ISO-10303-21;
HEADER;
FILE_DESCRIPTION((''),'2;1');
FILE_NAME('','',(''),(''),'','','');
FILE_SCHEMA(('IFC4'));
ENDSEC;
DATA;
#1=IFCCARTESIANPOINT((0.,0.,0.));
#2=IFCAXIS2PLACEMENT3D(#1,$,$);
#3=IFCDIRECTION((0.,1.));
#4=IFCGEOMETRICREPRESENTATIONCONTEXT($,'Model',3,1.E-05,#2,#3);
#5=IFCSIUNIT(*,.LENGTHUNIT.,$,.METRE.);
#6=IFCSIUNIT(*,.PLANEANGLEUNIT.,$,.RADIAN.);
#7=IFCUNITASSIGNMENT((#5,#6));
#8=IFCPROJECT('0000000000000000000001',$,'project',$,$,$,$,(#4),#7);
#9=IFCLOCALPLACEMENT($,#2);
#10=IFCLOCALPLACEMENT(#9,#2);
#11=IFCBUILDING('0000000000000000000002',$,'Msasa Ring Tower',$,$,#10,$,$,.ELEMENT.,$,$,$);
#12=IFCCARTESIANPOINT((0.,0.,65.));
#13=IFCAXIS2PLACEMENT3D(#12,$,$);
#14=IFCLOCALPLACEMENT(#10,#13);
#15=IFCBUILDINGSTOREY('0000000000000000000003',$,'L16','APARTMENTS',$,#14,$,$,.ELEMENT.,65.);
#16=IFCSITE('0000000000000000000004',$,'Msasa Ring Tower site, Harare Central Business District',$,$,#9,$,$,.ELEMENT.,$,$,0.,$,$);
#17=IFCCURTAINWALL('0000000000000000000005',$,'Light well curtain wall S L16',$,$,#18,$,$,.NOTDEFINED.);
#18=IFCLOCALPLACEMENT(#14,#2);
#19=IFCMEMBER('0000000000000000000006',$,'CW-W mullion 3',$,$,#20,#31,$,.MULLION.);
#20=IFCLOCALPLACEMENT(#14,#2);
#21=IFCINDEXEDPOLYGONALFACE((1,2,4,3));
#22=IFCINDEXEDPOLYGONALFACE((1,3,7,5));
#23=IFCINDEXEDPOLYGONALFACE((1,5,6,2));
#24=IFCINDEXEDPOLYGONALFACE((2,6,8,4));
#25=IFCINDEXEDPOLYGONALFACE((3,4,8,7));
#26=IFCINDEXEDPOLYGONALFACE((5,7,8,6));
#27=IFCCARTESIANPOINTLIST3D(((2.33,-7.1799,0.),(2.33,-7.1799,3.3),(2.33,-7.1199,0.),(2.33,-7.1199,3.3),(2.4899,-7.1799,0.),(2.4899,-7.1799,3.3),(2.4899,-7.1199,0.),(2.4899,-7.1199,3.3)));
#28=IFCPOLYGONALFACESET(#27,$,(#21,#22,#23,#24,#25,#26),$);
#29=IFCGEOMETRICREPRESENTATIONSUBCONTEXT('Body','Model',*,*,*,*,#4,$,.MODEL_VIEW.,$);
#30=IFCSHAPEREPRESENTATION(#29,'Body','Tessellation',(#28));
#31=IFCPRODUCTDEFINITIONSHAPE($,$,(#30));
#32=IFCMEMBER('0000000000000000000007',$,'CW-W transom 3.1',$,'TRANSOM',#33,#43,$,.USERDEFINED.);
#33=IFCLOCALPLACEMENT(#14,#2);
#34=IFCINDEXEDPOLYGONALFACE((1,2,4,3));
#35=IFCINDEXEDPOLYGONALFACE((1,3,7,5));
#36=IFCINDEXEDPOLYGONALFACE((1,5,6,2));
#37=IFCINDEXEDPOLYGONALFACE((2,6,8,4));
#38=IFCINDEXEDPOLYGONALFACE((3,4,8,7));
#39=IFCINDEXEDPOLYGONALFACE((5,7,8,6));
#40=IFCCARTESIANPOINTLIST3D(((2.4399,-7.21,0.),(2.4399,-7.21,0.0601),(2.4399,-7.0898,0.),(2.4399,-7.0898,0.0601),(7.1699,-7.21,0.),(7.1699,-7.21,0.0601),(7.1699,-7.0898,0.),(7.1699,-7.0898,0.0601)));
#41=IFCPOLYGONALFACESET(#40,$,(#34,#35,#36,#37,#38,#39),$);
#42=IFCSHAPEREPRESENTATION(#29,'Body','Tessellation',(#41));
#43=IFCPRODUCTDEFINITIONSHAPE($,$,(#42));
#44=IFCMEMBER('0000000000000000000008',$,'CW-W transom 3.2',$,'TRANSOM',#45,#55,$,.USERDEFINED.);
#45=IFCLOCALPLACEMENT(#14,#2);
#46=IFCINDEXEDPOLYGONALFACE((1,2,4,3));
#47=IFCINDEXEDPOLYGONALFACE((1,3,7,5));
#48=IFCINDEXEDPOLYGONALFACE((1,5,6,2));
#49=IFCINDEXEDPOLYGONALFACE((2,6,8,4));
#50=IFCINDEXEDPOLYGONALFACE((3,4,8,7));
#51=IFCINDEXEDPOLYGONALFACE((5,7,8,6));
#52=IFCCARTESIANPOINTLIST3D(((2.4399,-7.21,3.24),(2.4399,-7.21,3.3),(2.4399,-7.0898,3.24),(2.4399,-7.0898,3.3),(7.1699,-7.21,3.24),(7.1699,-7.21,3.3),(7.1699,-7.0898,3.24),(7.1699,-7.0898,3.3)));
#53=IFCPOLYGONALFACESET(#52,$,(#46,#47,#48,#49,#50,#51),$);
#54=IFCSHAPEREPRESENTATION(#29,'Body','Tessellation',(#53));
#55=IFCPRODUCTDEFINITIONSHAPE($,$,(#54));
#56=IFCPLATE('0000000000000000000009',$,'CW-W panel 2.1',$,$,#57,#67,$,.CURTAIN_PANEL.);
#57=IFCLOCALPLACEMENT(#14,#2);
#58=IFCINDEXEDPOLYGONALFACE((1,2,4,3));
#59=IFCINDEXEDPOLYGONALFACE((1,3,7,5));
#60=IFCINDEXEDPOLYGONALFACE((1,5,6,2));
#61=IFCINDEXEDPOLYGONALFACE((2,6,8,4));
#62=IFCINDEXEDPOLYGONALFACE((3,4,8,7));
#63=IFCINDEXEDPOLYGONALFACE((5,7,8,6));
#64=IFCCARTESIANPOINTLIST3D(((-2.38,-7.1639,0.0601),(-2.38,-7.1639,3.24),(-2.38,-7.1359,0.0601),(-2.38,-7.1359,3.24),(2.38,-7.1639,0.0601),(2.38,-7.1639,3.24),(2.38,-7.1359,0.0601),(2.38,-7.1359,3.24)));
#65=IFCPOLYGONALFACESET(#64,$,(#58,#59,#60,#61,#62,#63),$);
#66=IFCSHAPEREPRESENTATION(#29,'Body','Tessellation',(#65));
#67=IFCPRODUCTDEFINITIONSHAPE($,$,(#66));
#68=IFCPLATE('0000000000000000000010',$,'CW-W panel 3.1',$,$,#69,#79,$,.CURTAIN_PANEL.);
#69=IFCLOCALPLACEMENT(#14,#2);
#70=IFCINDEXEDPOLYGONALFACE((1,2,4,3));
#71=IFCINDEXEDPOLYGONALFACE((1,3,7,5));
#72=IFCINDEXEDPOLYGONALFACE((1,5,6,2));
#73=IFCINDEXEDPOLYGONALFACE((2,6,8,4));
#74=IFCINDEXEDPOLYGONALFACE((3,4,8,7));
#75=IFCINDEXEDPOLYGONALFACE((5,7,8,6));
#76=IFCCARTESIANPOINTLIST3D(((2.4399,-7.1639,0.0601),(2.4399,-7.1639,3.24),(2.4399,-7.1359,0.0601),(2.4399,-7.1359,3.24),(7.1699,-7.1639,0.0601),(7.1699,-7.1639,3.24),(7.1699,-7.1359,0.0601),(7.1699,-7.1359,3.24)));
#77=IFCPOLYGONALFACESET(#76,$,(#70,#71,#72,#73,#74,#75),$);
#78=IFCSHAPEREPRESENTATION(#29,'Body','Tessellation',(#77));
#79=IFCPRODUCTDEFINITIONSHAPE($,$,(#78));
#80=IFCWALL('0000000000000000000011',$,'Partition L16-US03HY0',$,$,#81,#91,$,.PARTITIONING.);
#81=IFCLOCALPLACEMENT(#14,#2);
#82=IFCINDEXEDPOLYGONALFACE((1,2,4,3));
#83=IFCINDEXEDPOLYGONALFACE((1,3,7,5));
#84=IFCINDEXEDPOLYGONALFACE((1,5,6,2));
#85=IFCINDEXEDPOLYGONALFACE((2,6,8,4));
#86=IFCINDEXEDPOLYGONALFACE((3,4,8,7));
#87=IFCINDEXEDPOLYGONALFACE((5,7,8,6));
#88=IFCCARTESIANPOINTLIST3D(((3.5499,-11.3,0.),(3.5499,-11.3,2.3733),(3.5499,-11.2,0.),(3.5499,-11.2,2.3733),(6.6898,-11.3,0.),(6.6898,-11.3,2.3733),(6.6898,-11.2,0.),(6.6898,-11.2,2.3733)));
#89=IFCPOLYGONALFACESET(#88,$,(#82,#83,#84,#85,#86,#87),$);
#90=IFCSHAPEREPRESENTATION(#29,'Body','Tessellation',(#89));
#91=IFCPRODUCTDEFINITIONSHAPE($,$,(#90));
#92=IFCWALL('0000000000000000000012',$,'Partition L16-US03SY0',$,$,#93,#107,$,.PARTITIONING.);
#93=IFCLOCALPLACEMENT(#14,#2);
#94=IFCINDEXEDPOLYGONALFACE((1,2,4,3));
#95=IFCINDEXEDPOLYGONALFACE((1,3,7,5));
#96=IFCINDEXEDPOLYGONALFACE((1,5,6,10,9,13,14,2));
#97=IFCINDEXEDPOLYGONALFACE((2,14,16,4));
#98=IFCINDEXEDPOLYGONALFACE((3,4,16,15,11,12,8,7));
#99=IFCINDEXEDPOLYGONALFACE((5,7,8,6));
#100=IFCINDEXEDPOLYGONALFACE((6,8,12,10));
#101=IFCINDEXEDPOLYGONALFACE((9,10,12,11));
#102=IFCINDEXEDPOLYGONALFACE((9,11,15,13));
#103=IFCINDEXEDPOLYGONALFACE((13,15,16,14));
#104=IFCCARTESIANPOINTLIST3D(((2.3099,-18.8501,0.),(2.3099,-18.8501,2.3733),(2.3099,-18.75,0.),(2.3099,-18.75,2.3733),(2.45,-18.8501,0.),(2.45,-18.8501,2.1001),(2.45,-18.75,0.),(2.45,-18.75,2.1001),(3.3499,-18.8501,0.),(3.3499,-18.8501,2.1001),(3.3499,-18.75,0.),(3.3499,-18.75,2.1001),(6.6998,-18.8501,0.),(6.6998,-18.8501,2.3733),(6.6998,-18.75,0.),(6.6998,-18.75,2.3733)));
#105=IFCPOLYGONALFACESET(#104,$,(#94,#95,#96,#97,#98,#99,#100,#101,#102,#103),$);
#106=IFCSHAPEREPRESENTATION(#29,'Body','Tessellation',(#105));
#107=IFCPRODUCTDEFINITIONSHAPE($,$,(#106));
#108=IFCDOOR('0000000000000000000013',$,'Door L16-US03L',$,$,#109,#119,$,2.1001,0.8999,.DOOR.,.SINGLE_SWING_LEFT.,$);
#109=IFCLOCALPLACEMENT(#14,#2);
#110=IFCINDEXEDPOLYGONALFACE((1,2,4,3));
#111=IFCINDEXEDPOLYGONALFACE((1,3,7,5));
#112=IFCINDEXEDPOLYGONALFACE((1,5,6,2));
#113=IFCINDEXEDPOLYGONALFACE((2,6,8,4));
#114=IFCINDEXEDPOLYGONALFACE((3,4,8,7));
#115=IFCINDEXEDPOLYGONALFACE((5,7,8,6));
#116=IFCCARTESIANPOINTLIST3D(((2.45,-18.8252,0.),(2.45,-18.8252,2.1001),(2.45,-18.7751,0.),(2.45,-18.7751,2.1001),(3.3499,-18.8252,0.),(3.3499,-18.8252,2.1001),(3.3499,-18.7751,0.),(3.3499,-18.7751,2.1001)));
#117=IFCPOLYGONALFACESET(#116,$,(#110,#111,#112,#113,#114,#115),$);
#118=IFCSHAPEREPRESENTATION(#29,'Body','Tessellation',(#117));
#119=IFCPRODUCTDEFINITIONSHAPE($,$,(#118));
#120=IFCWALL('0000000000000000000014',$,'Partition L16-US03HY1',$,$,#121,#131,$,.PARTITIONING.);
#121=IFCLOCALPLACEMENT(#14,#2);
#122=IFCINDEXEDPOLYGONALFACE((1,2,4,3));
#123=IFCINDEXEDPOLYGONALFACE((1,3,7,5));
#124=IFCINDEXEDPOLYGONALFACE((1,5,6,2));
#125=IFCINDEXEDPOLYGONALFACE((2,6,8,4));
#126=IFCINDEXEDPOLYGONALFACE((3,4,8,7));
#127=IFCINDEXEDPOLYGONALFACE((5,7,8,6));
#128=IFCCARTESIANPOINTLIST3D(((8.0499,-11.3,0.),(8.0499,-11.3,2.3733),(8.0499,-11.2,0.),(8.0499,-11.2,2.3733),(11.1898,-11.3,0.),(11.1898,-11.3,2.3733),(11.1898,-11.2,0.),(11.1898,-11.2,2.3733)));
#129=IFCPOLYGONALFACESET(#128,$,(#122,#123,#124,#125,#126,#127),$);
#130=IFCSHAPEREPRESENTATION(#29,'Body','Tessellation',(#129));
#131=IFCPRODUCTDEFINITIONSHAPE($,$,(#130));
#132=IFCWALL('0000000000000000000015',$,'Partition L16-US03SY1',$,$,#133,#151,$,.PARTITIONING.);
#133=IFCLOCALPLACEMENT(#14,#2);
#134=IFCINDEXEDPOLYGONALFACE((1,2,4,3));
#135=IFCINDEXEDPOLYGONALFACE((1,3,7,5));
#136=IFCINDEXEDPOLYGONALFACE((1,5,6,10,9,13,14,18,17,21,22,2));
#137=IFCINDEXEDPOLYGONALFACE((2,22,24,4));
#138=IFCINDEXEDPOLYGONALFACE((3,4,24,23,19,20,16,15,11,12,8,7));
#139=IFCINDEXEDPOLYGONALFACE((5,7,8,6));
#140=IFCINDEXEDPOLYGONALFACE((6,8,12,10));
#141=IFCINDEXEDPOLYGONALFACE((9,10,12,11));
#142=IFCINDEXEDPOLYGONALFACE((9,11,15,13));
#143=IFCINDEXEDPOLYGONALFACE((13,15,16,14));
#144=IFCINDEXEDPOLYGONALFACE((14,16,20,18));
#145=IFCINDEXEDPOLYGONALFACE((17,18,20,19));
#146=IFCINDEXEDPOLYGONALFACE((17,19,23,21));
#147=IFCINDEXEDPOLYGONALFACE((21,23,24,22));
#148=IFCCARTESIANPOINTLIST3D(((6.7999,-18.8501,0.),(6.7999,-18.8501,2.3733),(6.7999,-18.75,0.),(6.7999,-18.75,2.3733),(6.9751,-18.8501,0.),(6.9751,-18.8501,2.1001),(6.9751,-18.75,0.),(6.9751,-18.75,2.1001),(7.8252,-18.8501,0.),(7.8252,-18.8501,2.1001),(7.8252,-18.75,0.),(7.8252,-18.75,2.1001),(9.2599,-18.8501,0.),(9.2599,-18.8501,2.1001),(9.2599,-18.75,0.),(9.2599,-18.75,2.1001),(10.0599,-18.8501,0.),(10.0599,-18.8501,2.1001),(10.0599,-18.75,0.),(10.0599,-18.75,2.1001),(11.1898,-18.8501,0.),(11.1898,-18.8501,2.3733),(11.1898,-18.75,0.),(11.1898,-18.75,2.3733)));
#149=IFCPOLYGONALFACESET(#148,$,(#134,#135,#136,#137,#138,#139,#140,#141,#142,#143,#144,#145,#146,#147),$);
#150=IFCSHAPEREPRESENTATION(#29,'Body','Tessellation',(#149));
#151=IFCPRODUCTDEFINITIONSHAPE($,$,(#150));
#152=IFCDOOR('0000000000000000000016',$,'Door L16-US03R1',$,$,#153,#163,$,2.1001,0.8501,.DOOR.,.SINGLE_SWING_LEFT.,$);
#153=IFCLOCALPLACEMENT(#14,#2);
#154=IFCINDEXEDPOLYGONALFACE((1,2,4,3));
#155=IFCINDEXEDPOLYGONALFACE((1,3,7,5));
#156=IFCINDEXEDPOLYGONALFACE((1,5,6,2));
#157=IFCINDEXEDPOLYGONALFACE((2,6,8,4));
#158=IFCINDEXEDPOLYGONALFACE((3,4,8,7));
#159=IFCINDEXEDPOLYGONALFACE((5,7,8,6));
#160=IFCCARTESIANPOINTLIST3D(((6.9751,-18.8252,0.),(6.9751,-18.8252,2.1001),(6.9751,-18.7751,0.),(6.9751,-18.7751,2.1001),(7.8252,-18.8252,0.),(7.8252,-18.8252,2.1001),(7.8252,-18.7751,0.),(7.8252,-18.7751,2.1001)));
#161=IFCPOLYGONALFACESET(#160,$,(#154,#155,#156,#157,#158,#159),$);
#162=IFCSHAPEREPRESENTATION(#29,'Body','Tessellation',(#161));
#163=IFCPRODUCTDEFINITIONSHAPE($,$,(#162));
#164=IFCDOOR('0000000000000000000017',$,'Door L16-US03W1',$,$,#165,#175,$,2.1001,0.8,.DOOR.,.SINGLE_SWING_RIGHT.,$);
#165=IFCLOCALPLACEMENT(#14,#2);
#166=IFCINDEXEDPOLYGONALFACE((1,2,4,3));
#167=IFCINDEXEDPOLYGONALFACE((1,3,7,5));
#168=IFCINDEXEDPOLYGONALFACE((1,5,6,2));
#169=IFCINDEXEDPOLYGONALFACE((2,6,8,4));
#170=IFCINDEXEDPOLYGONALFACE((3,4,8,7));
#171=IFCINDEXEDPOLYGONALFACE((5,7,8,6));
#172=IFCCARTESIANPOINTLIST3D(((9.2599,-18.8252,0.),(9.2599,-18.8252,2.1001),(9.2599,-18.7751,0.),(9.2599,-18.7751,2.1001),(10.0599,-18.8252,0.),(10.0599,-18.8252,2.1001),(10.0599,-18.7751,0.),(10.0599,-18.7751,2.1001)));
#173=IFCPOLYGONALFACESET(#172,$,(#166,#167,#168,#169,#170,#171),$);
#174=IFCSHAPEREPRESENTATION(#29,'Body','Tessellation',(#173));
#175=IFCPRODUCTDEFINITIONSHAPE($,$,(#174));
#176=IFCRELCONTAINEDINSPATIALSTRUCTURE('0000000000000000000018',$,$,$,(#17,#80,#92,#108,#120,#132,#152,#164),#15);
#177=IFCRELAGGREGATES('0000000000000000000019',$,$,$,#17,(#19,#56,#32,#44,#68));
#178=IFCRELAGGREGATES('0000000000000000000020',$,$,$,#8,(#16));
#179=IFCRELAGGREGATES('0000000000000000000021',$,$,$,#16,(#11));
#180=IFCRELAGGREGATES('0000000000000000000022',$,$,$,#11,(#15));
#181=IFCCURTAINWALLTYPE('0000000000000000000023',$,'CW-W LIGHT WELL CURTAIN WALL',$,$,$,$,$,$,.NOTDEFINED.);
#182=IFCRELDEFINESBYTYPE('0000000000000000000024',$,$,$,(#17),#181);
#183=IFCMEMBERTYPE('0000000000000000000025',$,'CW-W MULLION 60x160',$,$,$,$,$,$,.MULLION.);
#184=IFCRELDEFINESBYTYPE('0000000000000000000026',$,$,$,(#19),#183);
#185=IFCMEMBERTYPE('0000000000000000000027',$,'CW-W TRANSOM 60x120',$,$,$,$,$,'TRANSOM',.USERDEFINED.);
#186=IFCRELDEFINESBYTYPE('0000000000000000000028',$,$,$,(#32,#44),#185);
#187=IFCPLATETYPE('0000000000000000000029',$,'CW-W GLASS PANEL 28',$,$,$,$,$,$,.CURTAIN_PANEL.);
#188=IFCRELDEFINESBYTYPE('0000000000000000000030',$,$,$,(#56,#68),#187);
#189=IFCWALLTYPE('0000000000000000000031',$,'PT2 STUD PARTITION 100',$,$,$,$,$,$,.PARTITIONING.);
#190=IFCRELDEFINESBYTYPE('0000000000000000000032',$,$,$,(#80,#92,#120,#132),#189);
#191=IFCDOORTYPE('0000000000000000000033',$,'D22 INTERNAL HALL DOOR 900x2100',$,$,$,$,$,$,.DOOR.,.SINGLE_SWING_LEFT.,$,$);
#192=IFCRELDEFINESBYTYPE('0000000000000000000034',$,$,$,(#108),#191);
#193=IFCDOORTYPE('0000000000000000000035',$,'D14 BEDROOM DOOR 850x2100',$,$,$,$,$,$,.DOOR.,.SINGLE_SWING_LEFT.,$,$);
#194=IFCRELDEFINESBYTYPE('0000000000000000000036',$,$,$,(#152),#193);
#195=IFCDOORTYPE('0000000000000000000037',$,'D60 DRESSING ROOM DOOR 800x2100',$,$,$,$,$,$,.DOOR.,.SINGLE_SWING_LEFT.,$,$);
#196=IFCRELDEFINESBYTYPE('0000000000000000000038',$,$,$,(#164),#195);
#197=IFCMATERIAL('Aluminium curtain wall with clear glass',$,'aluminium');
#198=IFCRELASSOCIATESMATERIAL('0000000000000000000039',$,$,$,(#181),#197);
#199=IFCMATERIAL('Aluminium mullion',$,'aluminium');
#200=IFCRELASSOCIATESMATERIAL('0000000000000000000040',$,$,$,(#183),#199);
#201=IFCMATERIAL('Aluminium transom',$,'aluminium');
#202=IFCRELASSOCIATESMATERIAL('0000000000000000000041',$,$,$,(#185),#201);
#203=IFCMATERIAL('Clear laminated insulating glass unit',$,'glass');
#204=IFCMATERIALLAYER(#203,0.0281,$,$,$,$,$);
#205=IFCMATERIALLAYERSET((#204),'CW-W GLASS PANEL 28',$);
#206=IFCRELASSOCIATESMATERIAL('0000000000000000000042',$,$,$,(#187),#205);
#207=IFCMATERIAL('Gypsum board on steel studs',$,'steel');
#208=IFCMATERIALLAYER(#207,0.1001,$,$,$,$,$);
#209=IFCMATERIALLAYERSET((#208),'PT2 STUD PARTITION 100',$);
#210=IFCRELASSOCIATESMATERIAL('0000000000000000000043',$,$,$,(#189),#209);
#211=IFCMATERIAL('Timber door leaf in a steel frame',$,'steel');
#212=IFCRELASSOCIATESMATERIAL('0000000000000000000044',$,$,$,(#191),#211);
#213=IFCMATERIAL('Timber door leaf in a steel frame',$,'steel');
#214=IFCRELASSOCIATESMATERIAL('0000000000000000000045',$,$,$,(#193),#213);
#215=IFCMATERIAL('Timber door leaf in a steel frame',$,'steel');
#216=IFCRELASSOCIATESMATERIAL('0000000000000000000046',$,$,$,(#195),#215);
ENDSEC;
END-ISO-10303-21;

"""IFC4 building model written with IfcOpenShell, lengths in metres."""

from ifc_helpers import new_model, si_unit, direction, frame, frame_2d, origin, origin_2d, place, context, subcontext, project, spatial, rectangle, extrude, material, layer, layer_set, material_profile, profile_set, type_object, element, fill, aggregate, save


model = new_model("IFC4")

# Units and contexts
model_context = context("Model", 3, precision=1e-05, world=origin(), true_north=direction((0.0, 1.0)))
body_context = subcontext(model_context, "Body", "Model", "MODEL_VIEW")
ifc_project = project(units=[si_unit("LENGTHUNIT", "METRE"), si_unit("PLANEANGLEUNIT", "RADIAN")], contexts=[model_context])

# Site, building, storey
site_placement = place(None, origin())
site = spatial("IfcSite", under=ifc_project, at=site_placement, Name="Msasa Ring Tower site, Harare Central Business District", CompositionType="ELEMENT", RefElevation=0.0)
building_placement = place(site_placement, origin())
building = spatial("IfcBuilding", under=site, at=building_placement, Name="Msasa Ring Tower", CompositionType="ELEMENT")
storey_placement = place(building_placement, frame((0.0, 0.0, 65.0)))
storey = spatial("IfcBuildingStorey", under=building, at=storey_placement, Name="L16", Description="APARTMENTS", CompositionType="ELEMENT", Elevation=65.0)

# Curtain wall, members, plates
ifc_material_1 = material(Name="Aluminium curtain wall with clear glass", Category="aluminium")
curtain_wall_type = type_object("IfcCurtainWallType", Name="CW-W LIGHT WELL CURTAIN WALL", PredefinedType="NOTDEFINED", material=ifc_material_1)
curtain_wall_placement = place(storey_placement, origin())
curtain_wall = element("IfcCurtainWall", 1, at=curtain_wall_placement, inside=storey, type_object=curtain_wall_type, Name="Light well curtain wall S L16", PredefinedType="NOTDEFINED")
ifc_material_2 = material(Name="Aluminium mullion", Category="aluminium")
ifc_material_profile_1 = material_profile(ifc_material_2, rectangle(XDim=0.0601, YDim=0.1599, at=origin_2d()), Name="AL 60x160")
ifc_profile_set_1 = profile_set([ifc_material_profile_1], Name="Aluminium mullion")
member_type_1 = type_object("IfcMemberType", Name="CW-W MULLION 60x160", PredefinedType="MULLION", material=ifc_profile_set_1)
member_1_placement = place(storey_placement, frame((2.4099, -7.1499, 0.0), z_axis=(0.0, 0.0, 1.0), x_axis=(0.0, 1.0, 0.0)))
member_1 = element("IfcMember", 2, at=member_1_placement, type_object=member_type_1, Name="CW-W mullion 3", PredefinedType="MULLION", context=body_context, shape_type="SweptSolid", body=[
    extrude(rectangle(XDim=0.0601, YDim=0.1599, at=origin_2d()), origin(), (0.0, 0.0, 1.0), 3.3),
])
ifc_material_3 = material(Name="Aluminium transom", Category="aluminium")
ifc_material_profile_2 = material_profile(ifc_material_3, rectangle(XDim=0.1201, YDim=0.0601, at=origin_2d()), Name="AL 60x120")
ifc_profile_set_2 = profile_set([ifc_material_profile_2], Name="Aluminium transom")
member_type_2 = type_object("IfcMemberType", Name="CW-W TRANSOM 60x120", ElementType="TRANSOM", PredefinedType="USERDEFINED", material=ifc_profile_set_2)
member_2_placement = place(storey_placement, frame((2.4399, -7.1499, 0.03), z_axis=(1.0, 0.0, 0.0), x_axis=(0.0, 1.0, 0.0)))
member_2 = element("IfcMember", 3, at=member_2_placement, type_object=member_type_2, Name="CW-W transom 3.1", ObjectType="TRANSOM", PredefinedType="USERDEFINED", context=body_context, shape_type="SweptSolid", body=[
    extrude(rectangle(XDim=0.1201, YDim=0.0601, at=origin_2d()), origin(), (0.0, 0.0, 1.0), 4.73),
])
member_3_placement = place(storey_placement, frame((2.4399, -7.1499, 3.27), z_axis=(1.0, 0.0, 0.0), x_axis=(0.0, 1.0, 0.0)))
member_3 = element("IfcMember", 4, at=member_3_placement, type_object=member_type_2, Name="CW-W transom 3.2", ObjectType="TRANSOM", PredefinedType="USERDEFINED", context=body_context, shape_type="SweptSolid", body=[
    extrude(rectangle(XDim=0.1201, YDim=0.0601, at=origin_2d()), origin(), (0.0, 0.0, 1.0), 4.73),
])
ifc_material_4 = material(Name="Clear laminated insulating glass unit", Category="glass")
ifc_layer_1 = layer(ifc_material_4, 0.0281)
ifc_layer_set_1 = layer_set([ifc_layer_1], Name="CW-W GLASS PANEL 28")
plate_type = type_object("IfcPlateType", Name="CW-W GLASS PANEL 28", PredefinedType="CURTAIN_PANEL", material=ifc_layer_set_1)
plate_1_placement = place(storey_placement, frame((0.0, -7.1499, 0.0601), z_axis=(0.0, 0.0, 1.0), x_axis=(1.0, 0.0, 0.0)))
plate_1 = element("IfcPlate", 5, at=plate_1_placement, type_object=plate_type, Name="CW-W panel 2.1", PredefinedType="CURTAIN_PANEL", context=body_context, shape_type="SweptSolid", body=[
    extrude(rectangle(XDim=4.76, YDim=0.0281, at=origin_2d()), origin(), (0.0, 0.0, 1.0), 3.1799),
])
plate_2_placement = place(storey_placement, frame((4.8049, -7.1499, 0.0601), z_axis=(0.0, 0.0, 1.0), x_axis=(1.0, 0.0, 0.0)))
plate_2 = element("IfcPlate", 6, at=plate_2_placement, type_object=plate_type, Name="CW-W panel 3.1", PredefinedType="CURTAIN_PANEL", context=body_context, shape_type="SweptSolid", body=[
    extrude(rectangle(XDim=4.73, YDim=0.0281, at=origin_2d()), origin(), (0.0, 0.0, 1.0), 3.1799),
])
aggregate(curtain_wall, [member_1, plate_1, member_2, member_3, plate_2])

# Wall
ifc_material_5 = material(Name="Gypsum board on steel studs", Category="steel")
ifc_layer_2 = layer(ifc_material_5, 0.1001)
ifc_layer_set_2 = layer_set([ifc_layer_2], Name="PT2 STUD PARTITION 100")
wall_type_1 = type_object("IfcWallType", Name="PT2 STUD PARTITION 100", PredefinedType="PARTITIONING", material=ifc_layer_set_2)
wall_1_placement = place(storey_placement, frame((3.55, -11.25, 0.0), z_axis=(0.0, 0.0, 1.0), x_axis=(1.0, 0.0, 0.0)))
element("IfcWall", 7, at=wall_1_placement, inside=storey, type_object=wall_type_1, Name="Partition L16-US03HY0", PredefinedType="PARTITIONING", context=body_context, shape_type="SweptSolid", body=[
    extrude(rectangle(XDim=3.1399, YDim=0.1001, at=frame_2d((1.5698, 0.0))), origin(), (0.0, 0.0, 1.0), 2.3733),
])

# Wall, opening, door
wall_2_placement = place(storey_placement, frame((2.3101, -18.8, 0.0), z_axis=(0.0, 0.0, 1.0), x_axis=(1.0, 0.0, 0.0)))
wall_2 = element("IfcWall", 8, at=wall_2_placement, inside=storey, type_object=wall_type_1, Name="Partition L16-US03SY0", PredefinedType="PARTITIONING", context=body_context, shape_type="SweptSolid", body=[
    extrude(rectangle(XDim=4.3899, YDim=0.1001, at=frame_2d((2.1948, 0.0))), origin(), (0.0, 0.0, 1.0), 2.3733),
])
opening_1_placement = place(wall_2_placement, frame((0.1399, 0.0, 0.0)))
opening_1 = element("IfcOpeningElement", 9, at=opening_1_placement, cuts=wall_2, PredefinedType="OPENING", context=body_context, shape_type="SweptSolid", body=[
    extrude(rectangle(XDim=0.8999, YDim=2.1001, at=frame_2d((0.45, 1.05))), frame((0.0, 0.0601, 0.0), z_axis=(0.0, -1.0, 0.0), x_axis=(1.0, 0.0, 0.0)), (0.0, 0.0, 1.0), 0.1201),
])
ifc_material_6 = material(Name="Timber door leaf in a steel frame", Category="steel")
door_type_1 = type_object("IfcDoorType", Name="D22 INTERNAL HALL DOOR 900x2100", OperationType="SINGLE_SWING_LEFT", PredefinedType="DOOR", material=ifc_material_6)
door_1_placement = place(opening_1_placement, origin())
door_1 = element("IfcDoor", 10, at=door_1_placement, inside=storey, type_object=door_type_1, Name="Door L16-US03L", OperationType="SINGLE_SWING_LEFT", OverallHeight=2.1001, OverallWidth=0.8999, PredefinedType="DOOR", context=body_context, shape_type="SweptSolid", body=[
    extrude(rectangle(XDim=0.8999, YDim=2.1001, at=frame_2d((0.45, 1.05))), frame((0.0, 0.0249, 0.0), z_axis=(0.0, -1.0, 0.0), x_axis=(1.0, 0.0, 0.0)), (0.0, 0.0, 1.0), 0.05),
])
fill(opening_1, door_1)

# Wall
wall_3_placement = place(storey_placement, frame((8.05, -11.25, 0.0), z_axis=(0.0, 0.0, 1.0), x_axis=(1.0, 0.0, 0.0)))
element("IfcWall", 11, at=wall_3_placement, inside=storey, type_object=wall_type_1, Name="Partition L16-US03HY1", PredefinedType="PARTITIONING", context=body_context, shape_type="SweptSolid", body=[
    extrude(rectangle(XDim=3.1399, YDim=0.1001, at=frame_2d((1.5698, 0.0))), origin(), (0.0, 0.0, 1.0), 2.3733),
])

# Wall, openings, doors
wall_4_placement = place(storey_placement, frame((6.8, -18.8, 0.0), z_axis=(0.0, 0.0, 1.0), x_axis=(1.0, 0.0, 0.0)))
wall_4 = element("IfcWall", 12, at=wall_4_placement, inside=storey, type_object=wall_type_1, Name="Partition L16-US03SY1", PredefinedType="PARTITIONING", context=body_context, shape_type="SweptSolid", body=[
    extrude(rectangle(XDim=4.3899, YDim=0.1001, at=frame_2d((2.1948, 0.0))), origin(), (0.0, 0.0, 1.0), 2.3733),
])
opening_2_placement = place(wall_4_placement, frame((0.175, 0.0, 0.0)))
opening_2 = element("IfcOpeningElement", 13, at=opening_2_placement, cuts=wall_4, PredefinedType="OPENING", context=body_context, shape_type="SweptSolid", body=[
    extrude(rectangle(XDim=0.8501, YDim=2.1001, at=frame_2d((0.425, 1.05))), frame((0.0, 0.0601, 0.0), z_axis=(0.0, -1.0, 0.0), x_axis=(1.0, 0.0, 0.0)), (0.0, 0.0, 1.0), 0.1201),
])
opening_3_placement = place(wall_4_placement, frame((2.46, 0.0, 0.0)))
opening_3 = element("IfcOpeningElement", 14, at=opening_3_placement, cuts=wall_4, PredefinedType="OPENING", context=body_context, shape_type="SweptSolid", body=[
    extrude(rectangle(XDim=0.8, YDim=2.1001, at=frame_2d((0.3999, 1.05))), frame((0.0, 0.0601, 0.0), z_axis=(0.0, -1.0, 0.0), x_axis=(1.0, 0.0, 0.0)), (0.0, 0.0, 1.0), 0.1201),
])
ifc_material_7 = material(Name="Timber door leaf in a steel frame", Category="steel")
door_type_2 = type_object("IfcDoorType", Name="D14 BEDROOM DOOR 850x2100", OperationType="SINGLE_SWING_LEFT", PredefinedType="DOOR", material=ifc_material_7)
door_2_placement = place(opening_2_placement, origin())
door_2 = element("IfcDoor", 15, at=door_2_placement, inside=storey, type_object=door_type_2, Name="Door L16-US03R1", OperationType="SINGLE_SWING_LEFT", OverallHeight=2.1001, OverallWidth=0.8501, PredefinedType="DOOR", context=body_context, shape_type="SweptSolid", body=[
    extrude(rectangle(XDim=0.8501, YDim=2.1001, at=frame_2d((0.425, 1.05))), frame((0.0, 0.0249, 0.0), z_axis=(0.0, -1.0, 0.0), x_axis=(1.0, 0.0, 0.0)), (0.0, 0.0, 1.0), 0.05),
])
fill(opening_2, door_2)
ifc_material_8 = material(Name="Timber door leaf in a steel frame", Category="steel")
door_type_3 = type_object("IfcDoorType", Name="D60 DRESSING ROOM DOOR 800x2100", OperationType="SINGLE_SWING_LEFT", PredefinedType="DOOR", material=ifc_material_8)
door_3_placement = place(opening_3_placement, origin())
door_3 = element("IfcDoor", 16, at=door_3_placement, inside=storey, type_object=door_type_3, Name="Door L16-US03W1", OperationType="SINGLE_SWING_RIGHT", OverallHeight=2.1001, OverallWidth=0.8, PredefinedType="DOOR", context=body_context, shape_type="SweptSolid", body=[
    extrude(rectangle(XDim=0.8, YDim=2.1001, at=frame_2d((0.3999, 1.05))), frame((0.0, 0.0249, 0.0), z_axis=(0.0, -1.0, 0.0), x_axis=(1.0, 0.0, 0.0)), (0.0, 0.0, 1.0), 0.05),
])
fill(opening_3, door_3)

save(model, "model.ifc")
